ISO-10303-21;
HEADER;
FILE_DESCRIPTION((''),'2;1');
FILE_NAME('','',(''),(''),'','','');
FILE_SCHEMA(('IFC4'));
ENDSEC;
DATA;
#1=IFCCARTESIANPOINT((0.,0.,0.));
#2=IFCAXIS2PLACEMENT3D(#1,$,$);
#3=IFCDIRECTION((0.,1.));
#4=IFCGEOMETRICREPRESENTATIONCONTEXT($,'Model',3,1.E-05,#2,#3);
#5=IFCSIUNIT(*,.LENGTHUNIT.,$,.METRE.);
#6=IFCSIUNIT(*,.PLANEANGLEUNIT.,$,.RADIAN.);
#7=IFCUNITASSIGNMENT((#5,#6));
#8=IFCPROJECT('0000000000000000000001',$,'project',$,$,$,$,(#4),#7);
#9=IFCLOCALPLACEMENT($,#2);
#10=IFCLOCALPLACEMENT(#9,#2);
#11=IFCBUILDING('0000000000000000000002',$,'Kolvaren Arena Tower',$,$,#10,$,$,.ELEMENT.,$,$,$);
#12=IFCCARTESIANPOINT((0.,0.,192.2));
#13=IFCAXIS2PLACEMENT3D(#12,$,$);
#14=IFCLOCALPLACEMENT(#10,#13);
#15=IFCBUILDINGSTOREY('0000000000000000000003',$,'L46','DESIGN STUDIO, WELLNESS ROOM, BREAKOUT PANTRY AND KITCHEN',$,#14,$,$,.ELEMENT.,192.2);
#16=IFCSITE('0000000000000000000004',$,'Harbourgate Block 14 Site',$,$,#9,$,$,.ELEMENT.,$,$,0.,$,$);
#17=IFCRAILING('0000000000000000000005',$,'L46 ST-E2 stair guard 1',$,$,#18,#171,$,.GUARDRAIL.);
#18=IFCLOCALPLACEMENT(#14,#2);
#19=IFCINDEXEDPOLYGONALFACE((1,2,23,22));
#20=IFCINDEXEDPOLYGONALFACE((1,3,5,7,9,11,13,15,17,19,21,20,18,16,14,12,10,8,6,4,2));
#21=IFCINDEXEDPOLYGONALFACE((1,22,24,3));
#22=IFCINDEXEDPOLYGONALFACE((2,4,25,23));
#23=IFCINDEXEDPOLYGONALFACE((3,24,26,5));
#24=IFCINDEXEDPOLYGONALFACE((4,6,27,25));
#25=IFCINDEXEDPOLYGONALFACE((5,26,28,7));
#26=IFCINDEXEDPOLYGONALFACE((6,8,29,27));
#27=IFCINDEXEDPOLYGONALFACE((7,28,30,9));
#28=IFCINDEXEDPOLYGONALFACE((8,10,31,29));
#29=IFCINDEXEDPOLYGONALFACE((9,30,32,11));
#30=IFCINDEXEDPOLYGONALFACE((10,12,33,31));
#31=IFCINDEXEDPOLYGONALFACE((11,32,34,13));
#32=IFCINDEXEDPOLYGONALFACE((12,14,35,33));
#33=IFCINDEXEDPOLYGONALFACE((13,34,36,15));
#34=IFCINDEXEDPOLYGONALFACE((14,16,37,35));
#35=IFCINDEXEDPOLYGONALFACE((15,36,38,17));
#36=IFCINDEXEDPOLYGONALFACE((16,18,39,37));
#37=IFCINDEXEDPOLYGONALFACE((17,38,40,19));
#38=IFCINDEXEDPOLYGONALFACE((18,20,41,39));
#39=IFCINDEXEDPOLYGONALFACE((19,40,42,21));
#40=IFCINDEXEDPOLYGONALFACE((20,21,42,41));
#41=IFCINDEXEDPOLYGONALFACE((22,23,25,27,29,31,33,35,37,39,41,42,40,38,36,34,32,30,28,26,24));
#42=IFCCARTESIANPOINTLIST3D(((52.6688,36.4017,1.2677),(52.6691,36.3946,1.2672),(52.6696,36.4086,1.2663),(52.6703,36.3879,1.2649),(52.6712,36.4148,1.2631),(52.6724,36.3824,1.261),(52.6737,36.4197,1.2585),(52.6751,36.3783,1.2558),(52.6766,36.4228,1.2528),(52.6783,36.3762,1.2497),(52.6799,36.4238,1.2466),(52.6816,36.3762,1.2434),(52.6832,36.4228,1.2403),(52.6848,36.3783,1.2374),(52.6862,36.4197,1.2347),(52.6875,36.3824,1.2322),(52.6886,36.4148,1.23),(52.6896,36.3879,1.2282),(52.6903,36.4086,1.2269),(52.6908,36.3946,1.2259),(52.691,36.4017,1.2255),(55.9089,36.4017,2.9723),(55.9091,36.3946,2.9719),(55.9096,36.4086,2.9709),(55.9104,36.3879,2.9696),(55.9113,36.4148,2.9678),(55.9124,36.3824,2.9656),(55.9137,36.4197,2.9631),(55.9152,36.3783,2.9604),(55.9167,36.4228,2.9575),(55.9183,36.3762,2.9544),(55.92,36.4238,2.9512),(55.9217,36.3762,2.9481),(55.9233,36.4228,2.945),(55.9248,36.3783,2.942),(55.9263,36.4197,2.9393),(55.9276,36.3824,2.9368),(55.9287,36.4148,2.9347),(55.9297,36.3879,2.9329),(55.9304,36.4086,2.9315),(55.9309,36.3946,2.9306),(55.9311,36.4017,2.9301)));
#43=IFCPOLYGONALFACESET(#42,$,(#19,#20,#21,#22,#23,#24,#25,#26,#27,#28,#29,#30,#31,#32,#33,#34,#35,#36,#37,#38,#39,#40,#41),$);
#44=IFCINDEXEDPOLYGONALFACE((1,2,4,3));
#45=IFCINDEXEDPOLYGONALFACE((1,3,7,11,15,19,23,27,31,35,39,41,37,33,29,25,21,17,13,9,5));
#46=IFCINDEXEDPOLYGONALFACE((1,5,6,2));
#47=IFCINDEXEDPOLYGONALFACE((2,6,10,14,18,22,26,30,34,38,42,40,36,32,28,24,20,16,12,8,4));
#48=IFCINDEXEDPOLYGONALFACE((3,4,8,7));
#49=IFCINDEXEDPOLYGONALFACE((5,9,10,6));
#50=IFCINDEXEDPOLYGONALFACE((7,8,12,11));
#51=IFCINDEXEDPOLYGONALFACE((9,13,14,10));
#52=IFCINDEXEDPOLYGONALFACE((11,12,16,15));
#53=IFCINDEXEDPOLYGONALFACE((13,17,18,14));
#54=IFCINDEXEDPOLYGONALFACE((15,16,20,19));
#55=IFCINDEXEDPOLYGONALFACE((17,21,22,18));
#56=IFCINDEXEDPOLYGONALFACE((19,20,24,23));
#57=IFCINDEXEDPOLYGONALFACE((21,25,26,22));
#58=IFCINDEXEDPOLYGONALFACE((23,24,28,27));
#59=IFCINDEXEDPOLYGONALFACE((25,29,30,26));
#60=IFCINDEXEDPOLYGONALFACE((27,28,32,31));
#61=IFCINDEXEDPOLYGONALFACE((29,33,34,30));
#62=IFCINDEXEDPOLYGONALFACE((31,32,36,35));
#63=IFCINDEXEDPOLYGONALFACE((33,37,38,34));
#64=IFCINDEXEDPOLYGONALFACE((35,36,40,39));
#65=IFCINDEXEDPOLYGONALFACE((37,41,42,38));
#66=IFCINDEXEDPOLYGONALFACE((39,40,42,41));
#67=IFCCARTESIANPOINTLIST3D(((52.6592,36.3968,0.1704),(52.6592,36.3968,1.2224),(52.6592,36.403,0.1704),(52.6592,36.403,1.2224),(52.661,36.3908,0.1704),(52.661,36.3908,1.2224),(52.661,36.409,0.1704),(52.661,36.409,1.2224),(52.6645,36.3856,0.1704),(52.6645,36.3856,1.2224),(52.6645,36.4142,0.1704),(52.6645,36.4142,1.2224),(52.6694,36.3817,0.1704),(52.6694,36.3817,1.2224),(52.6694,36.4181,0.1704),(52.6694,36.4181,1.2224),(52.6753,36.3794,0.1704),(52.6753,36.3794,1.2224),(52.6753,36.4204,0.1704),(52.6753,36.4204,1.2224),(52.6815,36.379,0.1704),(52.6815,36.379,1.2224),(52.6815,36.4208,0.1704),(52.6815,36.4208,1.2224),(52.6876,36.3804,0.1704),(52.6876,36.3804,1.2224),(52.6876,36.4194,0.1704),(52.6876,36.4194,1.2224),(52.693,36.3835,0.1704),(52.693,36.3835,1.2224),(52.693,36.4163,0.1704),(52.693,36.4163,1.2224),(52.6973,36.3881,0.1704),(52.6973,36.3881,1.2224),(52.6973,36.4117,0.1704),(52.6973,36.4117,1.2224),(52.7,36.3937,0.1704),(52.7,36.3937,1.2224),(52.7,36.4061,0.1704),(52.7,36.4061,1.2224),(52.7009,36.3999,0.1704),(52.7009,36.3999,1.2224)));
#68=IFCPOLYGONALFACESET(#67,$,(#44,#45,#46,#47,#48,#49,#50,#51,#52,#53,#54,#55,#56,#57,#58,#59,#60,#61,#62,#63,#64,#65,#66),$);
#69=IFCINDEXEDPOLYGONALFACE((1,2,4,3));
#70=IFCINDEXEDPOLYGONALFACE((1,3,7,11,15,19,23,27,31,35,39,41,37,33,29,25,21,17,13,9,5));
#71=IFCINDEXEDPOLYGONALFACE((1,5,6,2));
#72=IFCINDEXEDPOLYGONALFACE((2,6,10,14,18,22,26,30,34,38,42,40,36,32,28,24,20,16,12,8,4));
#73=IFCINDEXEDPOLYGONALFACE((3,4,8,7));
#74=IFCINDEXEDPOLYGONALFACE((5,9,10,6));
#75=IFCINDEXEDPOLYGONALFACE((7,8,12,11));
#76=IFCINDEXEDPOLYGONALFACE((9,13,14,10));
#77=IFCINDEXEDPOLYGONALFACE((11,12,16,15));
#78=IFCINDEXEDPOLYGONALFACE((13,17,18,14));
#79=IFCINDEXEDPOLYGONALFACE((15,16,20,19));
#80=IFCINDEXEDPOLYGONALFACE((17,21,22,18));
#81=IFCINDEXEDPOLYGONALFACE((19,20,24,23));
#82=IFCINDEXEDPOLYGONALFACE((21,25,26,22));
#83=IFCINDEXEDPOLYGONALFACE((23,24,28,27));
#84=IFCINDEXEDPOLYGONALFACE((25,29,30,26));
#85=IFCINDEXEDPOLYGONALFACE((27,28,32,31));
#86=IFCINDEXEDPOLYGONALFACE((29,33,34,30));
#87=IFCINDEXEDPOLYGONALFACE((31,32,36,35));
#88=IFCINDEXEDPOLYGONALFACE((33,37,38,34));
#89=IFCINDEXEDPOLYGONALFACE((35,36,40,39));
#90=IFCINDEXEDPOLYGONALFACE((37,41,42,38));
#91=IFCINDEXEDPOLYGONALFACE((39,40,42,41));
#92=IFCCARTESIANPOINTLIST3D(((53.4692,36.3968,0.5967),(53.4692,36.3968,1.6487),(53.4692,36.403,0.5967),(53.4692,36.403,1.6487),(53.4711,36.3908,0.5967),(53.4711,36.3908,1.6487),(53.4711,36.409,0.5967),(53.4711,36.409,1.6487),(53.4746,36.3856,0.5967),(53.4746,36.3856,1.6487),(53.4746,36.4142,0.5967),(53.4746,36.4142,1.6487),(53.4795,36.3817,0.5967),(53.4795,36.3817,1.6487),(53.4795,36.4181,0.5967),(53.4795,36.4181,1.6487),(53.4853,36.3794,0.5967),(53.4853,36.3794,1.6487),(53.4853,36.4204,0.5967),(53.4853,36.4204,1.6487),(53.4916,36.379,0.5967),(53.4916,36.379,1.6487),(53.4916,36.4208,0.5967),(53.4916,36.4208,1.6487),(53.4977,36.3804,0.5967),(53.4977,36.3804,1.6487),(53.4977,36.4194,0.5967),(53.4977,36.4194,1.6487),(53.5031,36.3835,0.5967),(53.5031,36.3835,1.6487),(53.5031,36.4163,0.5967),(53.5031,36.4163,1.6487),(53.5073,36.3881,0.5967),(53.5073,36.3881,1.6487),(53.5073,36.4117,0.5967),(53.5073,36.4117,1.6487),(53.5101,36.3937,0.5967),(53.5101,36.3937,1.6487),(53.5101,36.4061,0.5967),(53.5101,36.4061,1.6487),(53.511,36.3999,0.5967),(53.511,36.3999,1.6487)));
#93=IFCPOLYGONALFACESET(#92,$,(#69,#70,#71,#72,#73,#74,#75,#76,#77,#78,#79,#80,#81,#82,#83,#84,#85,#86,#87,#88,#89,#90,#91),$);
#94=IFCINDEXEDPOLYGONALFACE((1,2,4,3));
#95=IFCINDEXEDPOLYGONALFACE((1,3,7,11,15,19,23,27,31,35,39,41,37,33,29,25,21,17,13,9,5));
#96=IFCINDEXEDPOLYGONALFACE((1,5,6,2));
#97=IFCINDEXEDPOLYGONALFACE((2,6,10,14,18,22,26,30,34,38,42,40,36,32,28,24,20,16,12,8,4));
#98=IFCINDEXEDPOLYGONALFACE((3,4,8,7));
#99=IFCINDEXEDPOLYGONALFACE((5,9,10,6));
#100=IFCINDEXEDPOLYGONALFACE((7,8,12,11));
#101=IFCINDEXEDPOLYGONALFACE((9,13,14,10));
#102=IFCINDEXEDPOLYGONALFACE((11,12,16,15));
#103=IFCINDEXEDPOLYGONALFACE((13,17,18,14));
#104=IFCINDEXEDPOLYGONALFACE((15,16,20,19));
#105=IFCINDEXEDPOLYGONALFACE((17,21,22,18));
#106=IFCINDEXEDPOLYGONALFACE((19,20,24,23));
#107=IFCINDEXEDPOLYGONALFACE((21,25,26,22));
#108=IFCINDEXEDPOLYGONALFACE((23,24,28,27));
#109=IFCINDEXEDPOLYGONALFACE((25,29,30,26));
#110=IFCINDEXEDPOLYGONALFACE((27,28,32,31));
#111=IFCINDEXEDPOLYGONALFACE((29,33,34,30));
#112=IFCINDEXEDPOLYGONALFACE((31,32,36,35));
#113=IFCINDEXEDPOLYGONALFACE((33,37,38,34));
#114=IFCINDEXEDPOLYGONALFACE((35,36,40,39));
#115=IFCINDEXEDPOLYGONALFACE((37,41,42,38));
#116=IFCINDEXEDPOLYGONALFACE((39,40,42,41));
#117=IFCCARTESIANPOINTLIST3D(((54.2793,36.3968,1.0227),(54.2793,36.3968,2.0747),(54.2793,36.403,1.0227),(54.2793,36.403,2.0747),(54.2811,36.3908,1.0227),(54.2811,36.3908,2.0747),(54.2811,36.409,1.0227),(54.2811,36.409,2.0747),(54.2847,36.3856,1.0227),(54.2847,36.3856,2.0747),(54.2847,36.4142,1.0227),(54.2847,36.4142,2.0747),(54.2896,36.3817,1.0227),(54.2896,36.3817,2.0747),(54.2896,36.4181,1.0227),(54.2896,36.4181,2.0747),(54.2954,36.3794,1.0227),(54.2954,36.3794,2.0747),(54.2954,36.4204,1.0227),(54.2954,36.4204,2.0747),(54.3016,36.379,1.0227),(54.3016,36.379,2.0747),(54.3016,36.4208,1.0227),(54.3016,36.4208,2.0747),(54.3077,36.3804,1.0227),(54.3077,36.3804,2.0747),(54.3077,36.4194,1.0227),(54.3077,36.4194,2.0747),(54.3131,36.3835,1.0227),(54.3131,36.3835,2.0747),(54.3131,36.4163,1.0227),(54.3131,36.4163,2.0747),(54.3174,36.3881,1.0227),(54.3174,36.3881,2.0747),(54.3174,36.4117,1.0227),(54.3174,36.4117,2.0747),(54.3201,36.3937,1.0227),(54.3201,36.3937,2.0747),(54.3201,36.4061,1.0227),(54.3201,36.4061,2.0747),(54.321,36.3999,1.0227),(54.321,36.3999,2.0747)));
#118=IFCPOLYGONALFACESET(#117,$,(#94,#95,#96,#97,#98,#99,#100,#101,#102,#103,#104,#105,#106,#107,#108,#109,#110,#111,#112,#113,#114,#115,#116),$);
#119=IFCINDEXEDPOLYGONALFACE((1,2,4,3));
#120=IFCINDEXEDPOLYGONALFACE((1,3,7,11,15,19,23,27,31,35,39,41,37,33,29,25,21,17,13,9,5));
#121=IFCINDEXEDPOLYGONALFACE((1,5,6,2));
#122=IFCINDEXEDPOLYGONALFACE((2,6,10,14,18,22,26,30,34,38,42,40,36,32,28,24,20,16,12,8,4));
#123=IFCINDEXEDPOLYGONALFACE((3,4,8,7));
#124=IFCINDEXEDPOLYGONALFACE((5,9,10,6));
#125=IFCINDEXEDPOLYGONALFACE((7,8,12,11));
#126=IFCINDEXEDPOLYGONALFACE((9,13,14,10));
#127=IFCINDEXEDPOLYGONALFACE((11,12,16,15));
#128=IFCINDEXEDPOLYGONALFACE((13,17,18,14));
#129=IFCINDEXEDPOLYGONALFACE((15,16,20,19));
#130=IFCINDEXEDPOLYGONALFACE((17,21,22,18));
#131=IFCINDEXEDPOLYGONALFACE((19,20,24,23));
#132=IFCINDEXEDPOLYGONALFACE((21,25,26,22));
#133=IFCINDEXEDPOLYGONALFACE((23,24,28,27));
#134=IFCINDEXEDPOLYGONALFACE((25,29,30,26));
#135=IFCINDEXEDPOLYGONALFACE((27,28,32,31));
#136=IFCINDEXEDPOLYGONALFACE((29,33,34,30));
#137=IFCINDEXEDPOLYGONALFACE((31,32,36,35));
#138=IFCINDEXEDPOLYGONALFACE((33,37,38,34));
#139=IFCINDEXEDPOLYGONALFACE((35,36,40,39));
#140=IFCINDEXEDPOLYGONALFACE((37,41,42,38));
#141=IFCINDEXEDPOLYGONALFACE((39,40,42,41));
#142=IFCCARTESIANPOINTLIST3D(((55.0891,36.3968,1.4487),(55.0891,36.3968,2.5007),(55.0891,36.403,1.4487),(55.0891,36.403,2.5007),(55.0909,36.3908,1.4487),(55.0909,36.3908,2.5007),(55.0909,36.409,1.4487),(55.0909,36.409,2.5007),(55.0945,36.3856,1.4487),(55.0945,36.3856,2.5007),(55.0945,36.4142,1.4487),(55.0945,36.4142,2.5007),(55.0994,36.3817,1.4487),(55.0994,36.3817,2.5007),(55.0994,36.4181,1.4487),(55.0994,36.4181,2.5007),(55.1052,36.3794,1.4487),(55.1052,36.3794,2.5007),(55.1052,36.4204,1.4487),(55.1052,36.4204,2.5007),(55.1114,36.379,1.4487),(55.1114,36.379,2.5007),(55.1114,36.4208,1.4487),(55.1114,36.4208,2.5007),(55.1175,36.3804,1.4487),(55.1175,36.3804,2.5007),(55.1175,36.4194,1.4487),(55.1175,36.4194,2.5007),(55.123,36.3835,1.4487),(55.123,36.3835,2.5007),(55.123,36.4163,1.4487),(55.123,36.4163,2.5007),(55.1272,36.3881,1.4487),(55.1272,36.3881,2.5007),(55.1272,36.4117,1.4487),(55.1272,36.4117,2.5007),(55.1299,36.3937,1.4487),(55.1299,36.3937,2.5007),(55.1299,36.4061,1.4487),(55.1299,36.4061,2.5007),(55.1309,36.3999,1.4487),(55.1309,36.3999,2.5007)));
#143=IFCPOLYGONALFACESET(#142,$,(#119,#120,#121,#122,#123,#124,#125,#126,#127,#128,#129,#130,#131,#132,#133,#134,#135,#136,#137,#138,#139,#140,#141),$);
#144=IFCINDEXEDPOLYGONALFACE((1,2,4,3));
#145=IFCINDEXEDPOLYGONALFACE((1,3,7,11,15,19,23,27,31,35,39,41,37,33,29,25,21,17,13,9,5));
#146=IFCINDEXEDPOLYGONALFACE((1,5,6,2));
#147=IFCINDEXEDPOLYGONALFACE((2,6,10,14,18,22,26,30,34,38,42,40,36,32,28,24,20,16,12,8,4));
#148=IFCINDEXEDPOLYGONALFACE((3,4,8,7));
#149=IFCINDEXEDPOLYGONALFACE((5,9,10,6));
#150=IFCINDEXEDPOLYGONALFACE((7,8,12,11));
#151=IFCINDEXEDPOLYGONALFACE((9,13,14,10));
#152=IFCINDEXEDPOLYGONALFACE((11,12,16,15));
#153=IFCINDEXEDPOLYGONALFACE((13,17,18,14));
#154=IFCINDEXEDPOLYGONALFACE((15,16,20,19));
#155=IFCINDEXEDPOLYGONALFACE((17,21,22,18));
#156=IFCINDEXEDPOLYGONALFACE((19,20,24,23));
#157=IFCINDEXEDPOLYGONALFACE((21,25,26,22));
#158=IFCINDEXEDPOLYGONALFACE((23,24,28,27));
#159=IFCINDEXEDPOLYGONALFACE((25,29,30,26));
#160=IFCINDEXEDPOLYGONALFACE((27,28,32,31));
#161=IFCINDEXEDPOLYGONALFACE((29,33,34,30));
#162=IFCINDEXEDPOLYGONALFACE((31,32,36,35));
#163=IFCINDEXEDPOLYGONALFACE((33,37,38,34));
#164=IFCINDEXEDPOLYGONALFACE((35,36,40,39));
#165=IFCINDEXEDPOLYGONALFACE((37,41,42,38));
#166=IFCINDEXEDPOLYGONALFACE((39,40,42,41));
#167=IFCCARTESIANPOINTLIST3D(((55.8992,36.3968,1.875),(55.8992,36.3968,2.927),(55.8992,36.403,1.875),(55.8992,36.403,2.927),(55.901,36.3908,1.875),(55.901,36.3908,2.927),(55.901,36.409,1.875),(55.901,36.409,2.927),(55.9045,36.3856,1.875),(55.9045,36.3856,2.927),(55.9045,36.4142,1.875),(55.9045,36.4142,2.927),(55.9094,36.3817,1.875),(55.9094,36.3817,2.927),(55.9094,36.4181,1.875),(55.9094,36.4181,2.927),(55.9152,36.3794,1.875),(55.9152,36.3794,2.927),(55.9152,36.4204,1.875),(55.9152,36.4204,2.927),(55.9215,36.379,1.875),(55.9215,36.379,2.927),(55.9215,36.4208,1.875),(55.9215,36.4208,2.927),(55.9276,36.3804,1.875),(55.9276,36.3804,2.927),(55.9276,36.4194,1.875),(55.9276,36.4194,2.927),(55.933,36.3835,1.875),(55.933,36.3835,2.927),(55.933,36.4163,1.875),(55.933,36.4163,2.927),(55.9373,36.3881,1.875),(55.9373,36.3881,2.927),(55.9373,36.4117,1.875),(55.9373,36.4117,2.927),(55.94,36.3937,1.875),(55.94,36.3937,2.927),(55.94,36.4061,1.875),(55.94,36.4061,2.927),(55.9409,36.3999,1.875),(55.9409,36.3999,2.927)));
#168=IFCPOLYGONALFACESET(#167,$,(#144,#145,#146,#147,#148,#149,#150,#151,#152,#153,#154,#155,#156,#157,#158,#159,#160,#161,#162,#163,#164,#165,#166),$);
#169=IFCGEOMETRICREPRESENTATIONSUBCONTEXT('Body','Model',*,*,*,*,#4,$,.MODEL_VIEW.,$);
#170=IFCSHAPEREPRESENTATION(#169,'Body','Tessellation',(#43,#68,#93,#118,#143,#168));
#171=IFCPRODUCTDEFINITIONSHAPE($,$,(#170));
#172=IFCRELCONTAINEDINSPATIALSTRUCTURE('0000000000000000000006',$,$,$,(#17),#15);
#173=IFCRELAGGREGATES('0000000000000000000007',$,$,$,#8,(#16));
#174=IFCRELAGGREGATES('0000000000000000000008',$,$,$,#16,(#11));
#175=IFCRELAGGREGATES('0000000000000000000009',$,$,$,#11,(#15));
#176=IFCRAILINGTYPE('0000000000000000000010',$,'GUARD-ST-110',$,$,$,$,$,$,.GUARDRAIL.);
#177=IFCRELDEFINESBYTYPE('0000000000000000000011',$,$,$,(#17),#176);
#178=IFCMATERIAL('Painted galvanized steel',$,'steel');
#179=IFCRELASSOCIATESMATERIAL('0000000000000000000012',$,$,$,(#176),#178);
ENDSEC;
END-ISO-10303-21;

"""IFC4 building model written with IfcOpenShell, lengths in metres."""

from ifc_helpers import new_model, si_unit, direction, frame, origin, origin_2d, place, context, subcontext, project, spatial, circle, extrude, material, type_object, element, save


model = new_model("IFC4")

# Units and contexts
model_context = context("Model", 3, precision=1e-05, world=origin(), true_north=direction((0.0, 1.0)))
body_context = subcontext(model_context, "Body", "Model", "MODEL_VIEW")
ifc_project = project(units=[si_unit("LENGTHUNIT", "METRE"), si_unit("PLANEANGLEUNIT", "RADIAN")], contexts=[model_context])

# Site, building, storey
site_placement = place(None, origin())
site = spatial("IfcSite", under=ifc_project, at=site_placement, Name="Harbourgate Block 14 Site", CompositionType="ELEMENT", RefElevation=0.0)
building_placement = place(site_placement, origin())
building = spatial("IfcBuilding", under=site, at=building_placement, Name="Kolvaren Arena Tower", CompositionType="ELEMENT")
storey_placement = place(building_placement, frame((0.0, 0.0, 192.2)))
storey = spatial("IfcBuildingStorey", under=building, at=storey_placement, Name="L46", Description="DESIGN STUDIO, WELLNESS ROOM, BREAKOUT PANTRY AND KITCHEN", CompositionType="ELEMENT", Elevation=192.2)

# Railing
ifc_material_1 = material(Name="Painted galvanized steel", Category="steel")
railing_type_1 = type_object("IfcRailingType", Name="GUARD-ST-110", PredefinedType="GUARDRAIL", material=ifc_material_1)
railing_1_placement = place(storey_placement, frame((52.6799, 36.3999, 0.1704)))
element("IfcRailing", 1, at=railing_1_placement, inside=storey, type_object=railing_type_1, Name="L46 ST-E2 stair guard 1", PredefinedType="GUARDRAIL", context=body_context, shape_type="SweptSolid", body=[
    extrude(circle(Radius=0.0239, at=origin_2d()), frame((0.0, 0.0, 1.0762), z_axis=(0.884993, 0.0, 0.465604), x_axis=(0.0, 1.0, 0.0)), (0.0, 0.0, 1.0), 3.6611),
    extrude(circle(Radius=0.021, at=origin_2d()), origin(), (0.0, 0.0, 1.0), 1.052),
    extrude(circle(Radius=0.021, at=origin_2d()), frame((0.8101, 0.0, 0.4263)), (0.0, 0.0, 1.0), 1.052),
    extrude(circle(Radius=0.021, at=origin_2d()), frame((1.6201, 0.0, 0.8523)), (0.0, 0.0, 1.0), 1.052),
    extrude(circle(Radius=0.021, at=origin_2d()), frame((2.4299, 0.0, 1.2783)), (0.0, 0.0, 1.0), 1.052),
    extrude(circle(Radius=0.021, at=origin_2d()), frame((3.24, 0.0, 1.7046)), (0.0, 0.0, 1.0), 1.052),
])

save(model, "model.ifc")
